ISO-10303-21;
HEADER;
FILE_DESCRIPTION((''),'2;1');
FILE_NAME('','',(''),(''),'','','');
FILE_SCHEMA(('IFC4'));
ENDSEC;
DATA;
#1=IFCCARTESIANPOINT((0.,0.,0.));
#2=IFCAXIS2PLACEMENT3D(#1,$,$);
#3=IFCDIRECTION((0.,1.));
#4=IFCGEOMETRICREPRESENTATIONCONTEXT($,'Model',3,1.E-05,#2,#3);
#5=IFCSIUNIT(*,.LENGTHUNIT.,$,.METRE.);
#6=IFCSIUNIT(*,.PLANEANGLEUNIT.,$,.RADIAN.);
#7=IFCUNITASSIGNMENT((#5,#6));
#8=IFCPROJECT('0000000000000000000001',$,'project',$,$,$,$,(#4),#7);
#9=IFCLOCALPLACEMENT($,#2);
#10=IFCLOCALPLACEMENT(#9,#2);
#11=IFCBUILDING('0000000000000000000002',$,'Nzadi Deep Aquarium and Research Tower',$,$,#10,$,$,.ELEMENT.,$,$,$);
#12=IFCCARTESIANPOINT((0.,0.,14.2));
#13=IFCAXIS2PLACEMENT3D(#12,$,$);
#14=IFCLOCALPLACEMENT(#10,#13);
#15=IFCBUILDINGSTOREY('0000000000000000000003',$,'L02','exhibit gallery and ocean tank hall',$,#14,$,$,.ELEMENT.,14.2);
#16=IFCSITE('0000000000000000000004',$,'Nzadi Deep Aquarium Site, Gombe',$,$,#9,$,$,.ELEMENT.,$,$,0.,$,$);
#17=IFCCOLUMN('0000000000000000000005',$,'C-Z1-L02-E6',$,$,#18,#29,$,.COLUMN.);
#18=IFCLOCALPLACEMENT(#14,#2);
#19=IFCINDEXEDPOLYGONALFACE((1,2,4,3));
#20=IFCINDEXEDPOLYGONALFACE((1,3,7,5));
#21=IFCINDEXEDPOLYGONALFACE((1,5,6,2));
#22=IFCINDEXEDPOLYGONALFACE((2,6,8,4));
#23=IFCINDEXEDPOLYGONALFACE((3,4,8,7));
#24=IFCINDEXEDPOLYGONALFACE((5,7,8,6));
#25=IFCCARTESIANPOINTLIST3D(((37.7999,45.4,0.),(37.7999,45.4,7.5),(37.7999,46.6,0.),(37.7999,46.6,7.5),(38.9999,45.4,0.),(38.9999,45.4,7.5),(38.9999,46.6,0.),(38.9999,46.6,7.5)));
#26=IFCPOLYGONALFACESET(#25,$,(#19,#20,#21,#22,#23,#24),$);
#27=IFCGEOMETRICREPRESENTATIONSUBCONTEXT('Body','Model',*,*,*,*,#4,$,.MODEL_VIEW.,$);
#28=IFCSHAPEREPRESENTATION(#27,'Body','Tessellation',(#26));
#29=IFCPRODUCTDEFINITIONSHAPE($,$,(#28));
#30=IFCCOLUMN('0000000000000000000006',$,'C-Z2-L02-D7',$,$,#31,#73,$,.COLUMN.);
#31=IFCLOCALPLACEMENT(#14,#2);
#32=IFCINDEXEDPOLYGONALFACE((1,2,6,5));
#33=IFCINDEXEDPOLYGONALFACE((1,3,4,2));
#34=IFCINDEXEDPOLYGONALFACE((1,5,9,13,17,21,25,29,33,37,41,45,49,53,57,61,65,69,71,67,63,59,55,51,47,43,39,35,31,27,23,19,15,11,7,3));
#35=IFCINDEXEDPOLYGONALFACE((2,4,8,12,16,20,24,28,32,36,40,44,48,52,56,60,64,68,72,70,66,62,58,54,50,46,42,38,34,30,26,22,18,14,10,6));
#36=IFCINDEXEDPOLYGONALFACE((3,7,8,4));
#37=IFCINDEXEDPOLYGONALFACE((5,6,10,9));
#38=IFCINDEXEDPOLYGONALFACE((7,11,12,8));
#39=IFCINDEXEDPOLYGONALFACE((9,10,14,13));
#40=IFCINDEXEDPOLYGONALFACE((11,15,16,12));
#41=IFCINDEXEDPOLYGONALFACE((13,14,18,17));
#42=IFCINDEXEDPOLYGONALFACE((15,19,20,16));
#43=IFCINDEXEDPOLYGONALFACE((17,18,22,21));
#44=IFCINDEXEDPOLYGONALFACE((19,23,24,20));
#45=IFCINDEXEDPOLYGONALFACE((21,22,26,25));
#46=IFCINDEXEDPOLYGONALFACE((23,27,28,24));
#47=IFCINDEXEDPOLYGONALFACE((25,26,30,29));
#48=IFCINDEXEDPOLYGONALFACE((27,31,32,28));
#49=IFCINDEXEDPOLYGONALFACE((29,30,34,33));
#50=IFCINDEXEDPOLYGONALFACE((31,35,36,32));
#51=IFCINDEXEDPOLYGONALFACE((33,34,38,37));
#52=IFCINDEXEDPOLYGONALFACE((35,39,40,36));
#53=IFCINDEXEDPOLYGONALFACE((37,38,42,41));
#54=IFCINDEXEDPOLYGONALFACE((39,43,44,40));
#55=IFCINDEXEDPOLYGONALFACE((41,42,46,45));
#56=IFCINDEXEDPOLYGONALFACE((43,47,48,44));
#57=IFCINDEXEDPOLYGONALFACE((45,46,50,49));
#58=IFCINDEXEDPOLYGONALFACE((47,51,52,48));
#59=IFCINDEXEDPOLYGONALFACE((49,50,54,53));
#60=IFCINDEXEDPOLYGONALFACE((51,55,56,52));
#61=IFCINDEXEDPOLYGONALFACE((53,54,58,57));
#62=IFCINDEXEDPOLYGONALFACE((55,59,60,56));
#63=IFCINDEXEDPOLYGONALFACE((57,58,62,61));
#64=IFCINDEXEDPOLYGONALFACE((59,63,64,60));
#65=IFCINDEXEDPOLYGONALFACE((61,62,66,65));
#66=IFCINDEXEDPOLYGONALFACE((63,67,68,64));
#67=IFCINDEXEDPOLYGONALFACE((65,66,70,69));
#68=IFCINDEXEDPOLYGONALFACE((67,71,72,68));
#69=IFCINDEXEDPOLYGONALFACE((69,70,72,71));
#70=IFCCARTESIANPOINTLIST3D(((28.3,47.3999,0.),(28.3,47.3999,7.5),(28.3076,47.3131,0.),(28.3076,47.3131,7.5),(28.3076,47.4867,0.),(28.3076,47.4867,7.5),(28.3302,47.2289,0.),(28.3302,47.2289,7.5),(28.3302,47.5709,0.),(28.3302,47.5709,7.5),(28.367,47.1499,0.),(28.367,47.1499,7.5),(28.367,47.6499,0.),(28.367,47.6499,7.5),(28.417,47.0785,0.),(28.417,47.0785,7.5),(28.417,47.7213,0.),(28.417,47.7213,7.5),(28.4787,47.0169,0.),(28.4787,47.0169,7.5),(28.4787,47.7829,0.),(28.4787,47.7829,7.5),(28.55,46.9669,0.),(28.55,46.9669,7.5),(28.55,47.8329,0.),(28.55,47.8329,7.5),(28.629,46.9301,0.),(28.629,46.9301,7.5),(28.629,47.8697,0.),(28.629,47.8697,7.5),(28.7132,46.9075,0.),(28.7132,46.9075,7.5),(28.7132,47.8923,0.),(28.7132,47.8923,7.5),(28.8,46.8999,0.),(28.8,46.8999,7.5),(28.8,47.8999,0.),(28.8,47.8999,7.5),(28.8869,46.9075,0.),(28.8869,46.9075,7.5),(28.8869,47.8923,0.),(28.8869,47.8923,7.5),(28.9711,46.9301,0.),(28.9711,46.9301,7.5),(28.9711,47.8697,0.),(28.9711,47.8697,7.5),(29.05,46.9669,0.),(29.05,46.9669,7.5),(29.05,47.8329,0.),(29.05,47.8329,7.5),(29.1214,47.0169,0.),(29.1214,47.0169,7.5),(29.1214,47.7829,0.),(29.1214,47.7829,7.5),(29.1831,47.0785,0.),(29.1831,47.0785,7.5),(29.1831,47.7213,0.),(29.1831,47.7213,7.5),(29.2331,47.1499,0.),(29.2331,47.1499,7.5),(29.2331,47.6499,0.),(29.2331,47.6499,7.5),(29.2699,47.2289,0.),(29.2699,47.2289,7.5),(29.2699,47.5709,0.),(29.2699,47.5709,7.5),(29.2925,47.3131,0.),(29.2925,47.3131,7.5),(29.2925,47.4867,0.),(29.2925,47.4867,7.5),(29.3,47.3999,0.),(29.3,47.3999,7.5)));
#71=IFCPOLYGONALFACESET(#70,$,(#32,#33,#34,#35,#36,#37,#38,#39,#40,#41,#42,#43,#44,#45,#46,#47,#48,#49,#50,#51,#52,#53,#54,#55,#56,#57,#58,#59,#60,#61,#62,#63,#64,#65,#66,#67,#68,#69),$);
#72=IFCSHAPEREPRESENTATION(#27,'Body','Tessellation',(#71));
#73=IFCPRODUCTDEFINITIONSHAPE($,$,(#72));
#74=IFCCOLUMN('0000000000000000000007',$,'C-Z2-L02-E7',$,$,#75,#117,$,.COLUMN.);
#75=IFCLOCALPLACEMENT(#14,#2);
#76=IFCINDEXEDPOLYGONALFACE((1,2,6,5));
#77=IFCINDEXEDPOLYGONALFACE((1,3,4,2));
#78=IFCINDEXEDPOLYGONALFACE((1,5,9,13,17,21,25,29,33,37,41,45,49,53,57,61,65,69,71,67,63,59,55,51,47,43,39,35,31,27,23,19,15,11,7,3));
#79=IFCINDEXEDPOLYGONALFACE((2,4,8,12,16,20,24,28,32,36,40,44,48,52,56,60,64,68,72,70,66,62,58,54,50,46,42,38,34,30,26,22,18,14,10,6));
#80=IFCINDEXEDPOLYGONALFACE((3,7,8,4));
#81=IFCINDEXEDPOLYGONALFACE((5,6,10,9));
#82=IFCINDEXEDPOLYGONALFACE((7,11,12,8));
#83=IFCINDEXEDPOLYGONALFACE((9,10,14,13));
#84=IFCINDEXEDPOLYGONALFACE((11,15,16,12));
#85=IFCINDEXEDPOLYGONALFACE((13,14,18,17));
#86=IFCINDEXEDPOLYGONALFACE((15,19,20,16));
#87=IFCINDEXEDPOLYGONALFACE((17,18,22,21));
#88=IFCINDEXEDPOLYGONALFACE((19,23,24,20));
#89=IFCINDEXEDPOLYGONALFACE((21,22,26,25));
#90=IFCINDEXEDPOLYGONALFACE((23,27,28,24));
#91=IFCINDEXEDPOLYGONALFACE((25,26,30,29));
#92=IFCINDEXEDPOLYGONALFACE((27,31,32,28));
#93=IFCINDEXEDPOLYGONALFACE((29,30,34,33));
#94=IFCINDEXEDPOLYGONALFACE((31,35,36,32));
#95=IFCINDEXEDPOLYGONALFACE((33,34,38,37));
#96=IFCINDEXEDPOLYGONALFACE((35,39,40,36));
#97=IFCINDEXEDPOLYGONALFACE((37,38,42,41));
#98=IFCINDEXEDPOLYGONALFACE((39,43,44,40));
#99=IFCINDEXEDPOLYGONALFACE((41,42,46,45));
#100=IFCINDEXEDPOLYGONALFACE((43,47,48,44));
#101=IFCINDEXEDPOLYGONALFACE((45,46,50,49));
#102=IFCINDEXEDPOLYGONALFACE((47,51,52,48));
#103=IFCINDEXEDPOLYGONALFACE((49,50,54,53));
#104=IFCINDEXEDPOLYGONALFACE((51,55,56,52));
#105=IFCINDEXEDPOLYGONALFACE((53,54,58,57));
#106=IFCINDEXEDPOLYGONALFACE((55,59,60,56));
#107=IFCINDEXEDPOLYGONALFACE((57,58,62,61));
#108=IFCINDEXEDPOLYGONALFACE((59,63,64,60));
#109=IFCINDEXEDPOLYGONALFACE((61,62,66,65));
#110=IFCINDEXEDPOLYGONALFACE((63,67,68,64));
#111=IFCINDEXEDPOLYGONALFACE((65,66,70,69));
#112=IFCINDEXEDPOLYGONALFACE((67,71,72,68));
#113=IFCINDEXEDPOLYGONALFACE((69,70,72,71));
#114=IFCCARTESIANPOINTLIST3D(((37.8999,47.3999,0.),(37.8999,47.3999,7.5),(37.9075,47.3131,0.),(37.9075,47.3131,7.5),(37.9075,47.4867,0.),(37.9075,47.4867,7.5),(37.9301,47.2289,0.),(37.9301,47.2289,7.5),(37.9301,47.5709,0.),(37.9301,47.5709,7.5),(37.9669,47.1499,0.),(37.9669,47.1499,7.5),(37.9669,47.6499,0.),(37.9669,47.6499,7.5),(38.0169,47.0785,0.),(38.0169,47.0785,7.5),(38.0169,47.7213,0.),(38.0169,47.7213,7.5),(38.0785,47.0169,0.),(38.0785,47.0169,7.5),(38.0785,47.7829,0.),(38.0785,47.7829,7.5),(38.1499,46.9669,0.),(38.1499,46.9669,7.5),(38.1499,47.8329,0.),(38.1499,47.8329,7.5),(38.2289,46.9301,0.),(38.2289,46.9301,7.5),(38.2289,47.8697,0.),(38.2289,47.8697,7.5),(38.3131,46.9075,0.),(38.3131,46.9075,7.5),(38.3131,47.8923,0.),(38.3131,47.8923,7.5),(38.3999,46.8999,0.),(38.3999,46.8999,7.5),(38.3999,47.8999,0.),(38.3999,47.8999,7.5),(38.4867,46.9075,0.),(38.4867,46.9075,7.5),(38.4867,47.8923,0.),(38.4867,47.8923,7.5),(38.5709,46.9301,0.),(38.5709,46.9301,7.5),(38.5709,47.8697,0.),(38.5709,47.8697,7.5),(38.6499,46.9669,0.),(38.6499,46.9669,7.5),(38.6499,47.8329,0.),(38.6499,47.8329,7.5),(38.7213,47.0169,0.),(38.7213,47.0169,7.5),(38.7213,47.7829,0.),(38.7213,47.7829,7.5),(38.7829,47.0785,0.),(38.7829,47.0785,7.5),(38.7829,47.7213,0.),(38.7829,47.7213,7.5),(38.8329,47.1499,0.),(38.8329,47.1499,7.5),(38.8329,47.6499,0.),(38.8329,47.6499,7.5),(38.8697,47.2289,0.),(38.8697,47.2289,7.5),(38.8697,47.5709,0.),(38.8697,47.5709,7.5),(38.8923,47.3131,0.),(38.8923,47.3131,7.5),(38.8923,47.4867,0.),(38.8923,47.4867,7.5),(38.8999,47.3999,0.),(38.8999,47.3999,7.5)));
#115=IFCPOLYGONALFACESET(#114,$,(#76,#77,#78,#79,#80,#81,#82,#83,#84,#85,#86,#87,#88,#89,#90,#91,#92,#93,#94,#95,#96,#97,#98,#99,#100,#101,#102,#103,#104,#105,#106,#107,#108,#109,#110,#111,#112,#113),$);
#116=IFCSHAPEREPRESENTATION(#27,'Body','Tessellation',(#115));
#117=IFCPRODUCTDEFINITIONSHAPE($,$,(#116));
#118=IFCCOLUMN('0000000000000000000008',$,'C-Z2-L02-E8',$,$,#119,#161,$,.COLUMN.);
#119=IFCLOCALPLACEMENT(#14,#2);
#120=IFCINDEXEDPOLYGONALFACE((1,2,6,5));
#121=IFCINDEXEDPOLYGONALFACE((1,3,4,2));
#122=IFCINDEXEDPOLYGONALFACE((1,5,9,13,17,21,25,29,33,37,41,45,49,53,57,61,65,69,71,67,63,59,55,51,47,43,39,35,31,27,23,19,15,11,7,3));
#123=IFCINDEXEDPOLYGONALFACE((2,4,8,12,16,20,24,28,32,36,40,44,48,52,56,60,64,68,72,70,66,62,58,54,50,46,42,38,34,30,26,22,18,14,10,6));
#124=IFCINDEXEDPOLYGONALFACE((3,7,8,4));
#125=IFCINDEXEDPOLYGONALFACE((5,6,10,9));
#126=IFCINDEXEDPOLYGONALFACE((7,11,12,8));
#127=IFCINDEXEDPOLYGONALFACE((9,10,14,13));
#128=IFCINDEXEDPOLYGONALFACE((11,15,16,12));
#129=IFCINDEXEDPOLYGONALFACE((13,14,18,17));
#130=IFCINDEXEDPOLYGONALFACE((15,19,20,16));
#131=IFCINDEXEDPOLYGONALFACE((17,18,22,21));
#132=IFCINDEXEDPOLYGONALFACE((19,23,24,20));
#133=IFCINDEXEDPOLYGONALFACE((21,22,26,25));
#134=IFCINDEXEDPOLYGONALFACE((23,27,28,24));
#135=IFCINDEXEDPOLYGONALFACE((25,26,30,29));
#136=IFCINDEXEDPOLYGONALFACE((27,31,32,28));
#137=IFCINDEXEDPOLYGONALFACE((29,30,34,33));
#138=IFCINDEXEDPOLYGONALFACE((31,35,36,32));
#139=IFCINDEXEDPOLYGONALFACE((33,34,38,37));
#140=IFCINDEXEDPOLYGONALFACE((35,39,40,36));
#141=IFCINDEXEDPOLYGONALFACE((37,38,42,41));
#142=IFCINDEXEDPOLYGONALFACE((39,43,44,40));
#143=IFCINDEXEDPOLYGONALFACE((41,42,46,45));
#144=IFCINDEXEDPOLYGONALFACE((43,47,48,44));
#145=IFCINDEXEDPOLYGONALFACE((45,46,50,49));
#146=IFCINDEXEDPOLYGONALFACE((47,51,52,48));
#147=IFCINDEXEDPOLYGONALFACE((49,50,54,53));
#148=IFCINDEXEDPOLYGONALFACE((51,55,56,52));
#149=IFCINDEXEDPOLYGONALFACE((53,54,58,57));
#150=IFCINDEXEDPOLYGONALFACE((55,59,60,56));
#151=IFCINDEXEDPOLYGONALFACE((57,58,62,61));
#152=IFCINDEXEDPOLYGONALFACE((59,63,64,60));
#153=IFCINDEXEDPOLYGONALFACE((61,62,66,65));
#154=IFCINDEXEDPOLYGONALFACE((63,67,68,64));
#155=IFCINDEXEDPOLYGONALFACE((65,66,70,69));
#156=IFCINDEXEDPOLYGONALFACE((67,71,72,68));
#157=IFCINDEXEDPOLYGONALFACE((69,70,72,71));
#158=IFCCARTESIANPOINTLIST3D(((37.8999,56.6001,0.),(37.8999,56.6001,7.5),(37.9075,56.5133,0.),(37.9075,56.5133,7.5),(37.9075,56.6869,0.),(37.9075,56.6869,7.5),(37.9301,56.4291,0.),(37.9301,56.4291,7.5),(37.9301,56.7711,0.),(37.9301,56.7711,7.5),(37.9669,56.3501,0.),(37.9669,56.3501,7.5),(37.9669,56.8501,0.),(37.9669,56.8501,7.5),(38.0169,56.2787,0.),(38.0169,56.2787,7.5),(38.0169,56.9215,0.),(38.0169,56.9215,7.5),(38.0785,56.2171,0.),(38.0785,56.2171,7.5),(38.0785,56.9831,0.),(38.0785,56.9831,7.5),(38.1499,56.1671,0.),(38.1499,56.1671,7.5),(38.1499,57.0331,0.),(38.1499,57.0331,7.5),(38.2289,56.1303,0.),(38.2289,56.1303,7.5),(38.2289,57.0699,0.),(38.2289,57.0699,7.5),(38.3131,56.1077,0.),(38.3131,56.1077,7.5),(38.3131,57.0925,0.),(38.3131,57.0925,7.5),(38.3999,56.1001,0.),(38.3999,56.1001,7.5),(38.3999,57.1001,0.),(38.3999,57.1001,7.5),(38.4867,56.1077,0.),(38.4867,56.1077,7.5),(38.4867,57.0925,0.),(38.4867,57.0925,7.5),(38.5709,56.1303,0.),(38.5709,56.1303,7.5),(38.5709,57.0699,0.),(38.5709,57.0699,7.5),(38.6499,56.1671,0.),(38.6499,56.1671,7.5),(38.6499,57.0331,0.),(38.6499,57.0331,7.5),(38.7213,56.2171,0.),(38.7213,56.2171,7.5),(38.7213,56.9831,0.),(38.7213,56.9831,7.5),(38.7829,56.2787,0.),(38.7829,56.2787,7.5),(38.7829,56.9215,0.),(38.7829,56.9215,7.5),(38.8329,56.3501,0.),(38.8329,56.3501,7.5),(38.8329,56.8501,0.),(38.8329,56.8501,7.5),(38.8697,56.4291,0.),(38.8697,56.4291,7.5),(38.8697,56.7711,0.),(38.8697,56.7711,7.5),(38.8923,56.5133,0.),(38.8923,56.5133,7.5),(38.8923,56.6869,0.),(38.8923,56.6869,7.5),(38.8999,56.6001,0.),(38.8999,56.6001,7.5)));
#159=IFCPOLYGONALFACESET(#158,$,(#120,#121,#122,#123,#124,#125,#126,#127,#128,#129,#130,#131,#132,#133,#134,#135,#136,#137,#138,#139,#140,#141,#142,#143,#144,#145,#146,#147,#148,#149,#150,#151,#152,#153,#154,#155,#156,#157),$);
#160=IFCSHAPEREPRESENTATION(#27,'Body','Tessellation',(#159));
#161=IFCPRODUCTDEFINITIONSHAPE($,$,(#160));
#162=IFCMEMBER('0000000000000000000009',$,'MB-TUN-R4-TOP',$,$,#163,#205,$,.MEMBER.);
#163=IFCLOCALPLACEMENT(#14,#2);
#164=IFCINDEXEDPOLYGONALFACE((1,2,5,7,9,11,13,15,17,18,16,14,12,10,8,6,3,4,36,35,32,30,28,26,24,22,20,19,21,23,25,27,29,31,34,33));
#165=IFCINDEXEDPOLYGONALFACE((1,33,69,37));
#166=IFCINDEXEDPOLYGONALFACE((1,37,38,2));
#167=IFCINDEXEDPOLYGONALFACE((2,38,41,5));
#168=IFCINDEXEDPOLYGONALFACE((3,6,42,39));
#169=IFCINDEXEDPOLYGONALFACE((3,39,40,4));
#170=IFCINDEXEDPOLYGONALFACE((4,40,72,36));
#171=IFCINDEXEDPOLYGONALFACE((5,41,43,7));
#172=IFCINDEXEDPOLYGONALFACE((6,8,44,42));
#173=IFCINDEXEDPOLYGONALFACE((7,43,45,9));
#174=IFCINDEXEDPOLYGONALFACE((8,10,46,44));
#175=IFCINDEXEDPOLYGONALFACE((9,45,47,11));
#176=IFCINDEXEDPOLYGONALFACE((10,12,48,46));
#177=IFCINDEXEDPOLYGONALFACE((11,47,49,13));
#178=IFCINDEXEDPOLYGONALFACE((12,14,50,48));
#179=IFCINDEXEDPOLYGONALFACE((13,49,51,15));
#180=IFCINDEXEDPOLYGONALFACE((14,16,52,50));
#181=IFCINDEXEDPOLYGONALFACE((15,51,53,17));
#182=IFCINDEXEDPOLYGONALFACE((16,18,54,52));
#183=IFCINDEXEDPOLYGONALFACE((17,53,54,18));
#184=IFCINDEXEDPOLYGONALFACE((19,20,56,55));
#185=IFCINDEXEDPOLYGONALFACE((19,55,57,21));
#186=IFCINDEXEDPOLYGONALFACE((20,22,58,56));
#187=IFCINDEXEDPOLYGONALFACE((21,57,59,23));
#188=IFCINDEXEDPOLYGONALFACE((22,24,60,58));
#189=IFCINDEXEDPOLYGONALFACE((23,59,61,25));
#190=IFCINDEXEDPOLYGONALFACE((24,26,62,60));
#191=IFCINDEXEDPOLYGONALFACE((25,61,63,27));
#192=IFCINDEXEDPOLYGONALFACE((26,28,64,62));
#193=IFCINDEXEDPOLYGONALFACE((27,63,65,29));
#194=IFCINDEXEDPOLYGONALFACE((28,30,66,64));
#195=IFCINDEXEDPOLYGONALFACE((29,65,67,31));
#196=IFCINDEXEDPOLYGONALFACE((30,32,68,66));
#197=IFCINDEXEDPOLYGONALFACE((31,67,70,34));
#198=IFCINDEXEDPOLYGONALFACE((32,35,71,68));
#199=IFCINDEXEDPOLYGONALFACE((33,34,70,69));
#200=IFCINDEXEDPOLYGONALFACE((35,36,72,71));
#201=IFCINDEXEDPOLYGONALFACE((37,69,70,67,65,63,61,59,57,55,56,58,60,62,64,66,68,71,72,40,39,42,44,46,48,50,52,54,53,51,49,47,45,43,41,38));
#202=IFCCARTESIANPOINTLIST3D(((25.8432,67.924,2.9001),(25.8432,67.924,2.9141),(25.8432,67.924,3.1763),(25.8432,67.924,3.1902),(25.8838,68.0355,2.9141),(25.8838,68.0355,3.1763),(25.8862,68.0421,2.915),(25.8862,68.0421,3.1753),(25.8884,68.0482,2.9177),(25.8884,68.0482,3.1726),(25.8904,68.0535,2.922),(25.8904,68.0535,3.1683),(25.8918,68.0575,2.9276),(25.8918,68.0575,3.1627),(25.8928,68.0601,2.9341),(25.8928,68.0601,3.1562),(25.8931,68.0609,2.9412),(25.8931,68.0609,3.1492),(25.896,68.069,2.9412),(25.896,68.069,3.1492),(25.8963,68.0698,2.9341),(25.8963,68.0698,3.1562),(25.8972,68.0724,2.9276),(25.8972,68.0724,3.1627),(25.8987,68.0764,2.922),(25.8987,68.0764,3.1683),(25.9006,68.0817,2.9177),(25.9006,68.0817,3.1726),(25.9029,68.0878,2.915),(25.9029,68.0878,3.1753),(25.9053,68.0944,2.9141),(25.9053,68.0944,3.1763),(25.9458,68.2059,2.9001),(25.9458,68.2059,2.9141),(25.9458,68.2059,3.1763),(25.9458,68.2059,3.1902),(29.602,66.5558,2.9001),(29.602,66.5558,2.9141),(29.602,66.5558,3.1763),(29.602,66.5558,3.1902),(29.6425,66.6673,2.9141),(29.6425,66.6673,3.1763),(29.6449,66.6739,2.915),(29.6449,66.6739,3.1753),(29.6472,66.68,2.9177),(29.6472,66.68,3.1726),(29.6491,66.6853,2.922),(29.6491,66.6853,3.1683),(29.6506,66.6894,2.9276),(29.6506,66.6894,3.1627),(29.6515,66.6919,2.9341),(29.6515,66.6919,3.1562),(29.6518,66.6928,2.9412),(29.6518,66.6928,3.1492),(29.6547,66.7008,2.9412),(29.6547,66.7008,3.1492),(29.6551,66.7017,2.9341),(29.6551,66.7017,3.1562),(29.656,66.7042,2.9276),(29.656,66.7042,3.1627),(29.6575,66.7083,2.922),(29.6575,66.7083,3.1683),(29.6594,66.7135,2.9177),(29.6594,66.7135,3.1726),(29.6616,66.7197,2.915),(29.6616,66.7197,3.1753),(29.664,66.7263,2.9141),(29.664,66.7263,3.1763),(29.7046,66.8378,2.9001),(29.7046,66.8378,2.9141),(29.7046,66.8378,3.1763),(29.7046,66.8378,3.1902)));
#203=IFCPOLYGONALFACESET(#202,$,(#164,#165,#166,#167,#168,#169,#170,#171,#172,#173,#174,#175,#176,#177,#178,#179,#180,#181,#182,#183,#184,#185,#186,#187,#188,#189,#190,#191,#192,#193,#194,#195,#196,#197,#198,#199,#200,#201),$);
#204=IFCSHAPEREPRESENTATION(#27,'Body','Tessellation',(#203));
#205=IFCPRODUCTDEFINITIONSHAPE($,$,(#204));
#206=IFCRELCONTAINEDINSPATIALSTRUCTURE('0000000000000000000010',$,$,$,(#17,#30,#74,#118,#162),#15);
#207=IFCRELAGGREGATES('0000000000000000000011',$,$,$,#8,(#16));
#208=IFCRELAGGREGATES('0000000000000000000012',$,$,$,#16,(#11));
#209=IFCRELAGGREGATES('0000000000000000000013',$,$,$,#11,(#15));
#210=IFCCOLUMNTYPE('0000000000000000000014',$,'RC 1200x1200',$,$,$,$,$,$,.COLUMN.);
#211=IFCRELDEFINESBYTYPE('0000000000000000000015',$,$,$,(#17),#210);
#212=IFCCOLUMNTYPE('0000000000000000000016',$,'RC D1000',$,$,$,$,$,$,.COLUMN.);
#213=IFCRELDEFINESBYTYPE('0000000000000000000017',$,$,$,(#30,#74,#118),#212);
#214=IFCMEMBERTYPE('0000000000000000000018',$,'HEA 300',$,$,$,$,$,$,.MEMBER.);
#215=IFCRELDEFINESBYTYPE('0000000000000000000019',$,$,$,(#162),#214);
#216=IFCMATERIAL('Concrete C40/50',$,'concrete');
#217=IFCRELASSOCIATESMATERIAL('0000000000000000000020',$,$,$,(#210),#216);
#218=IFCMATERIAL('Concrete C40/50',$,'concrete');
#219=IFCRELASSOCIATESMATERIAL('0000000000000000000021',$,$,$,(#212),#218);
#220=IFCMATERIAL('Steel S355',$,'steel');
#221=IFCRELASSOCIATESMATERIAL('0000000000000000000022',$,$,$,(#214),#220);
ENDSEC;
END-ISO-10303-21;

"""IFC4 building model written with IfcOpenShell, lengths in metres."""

from ifc_helpers import new_model, si_unit, direction, frame, origin, origin_2d, place, context, subcontext, project, spatial, rectangle, circle, i_section, extrude, material, material_profile, profile_set, type_object, element, save


model = new_model("IFC4")

# Units and contexts
model_context = context("Model", 3, precision=1e-05, world=origin(), true_north=direction((0.0, 1.0)))
body_context = subcontext(model_context, "Body", "Model", "MODEL_VIEW")
ifc_project = project(units=[si_unit("LENGTHUNIT", "METRE"), si_unit("PLANEANGLEUNIT", "RADIAN")], contexts=[model_context])

# Site, building, storey
site_placement = place(None, origin())
site = spatial("IfcSite", under=ifc_project, at=site_placement, Name="Nzadi Deep Aquarium Site, Gombe", CompositionType="ELEMENT", RefElevation=0.0)
building_placement = place(site_placement, origin())
building = spatial("IfcBuilding", under=site, at=building_placement, Name="Nzadi Deep Aquarium and Research Tower", CompositionType="ELEMENT")
storey_placement = place(building_placement, frame((0.0, 0.0, 14.2)))
storey = spatial("IfcBuildingStorey", under=building, at=storey_placement, Name="L02", Description="exhibit gallery and ocean tank hall", CompositionType="ELEMENT", Elevation=14.2)

# Columns
ifc_material_1 = material(Name="Concrete C40/50", Category="concrete")
ifc_material_profile_1 = material_profile(ifc_material_1, rectangle(XDim=1.2, YDim=1.2, at=origin_2d()))
ifc_profile_set_1 = profile_set([ifc_material_profile_1], Name="Concrete C40/50")
column_type_1 = type_object("IfcColumnType", Name="RC 1200x1200", PredefinedType="COLUMN", material=ifc_profile_set_1)
column_placement = place(storey_placement, frame((38.3999, 46.0, 0.0), z_axis=(0.0, 0.0, 1.0), x_axis=(1.0, 0.0, 0.0)))
element("IfcColumn", 1, at=column_placement, inside=storey, type_object=column_type_1, Name="C-Z1-L02-E6", PredefinedType="COLUMN", context=body_context, shape_type="SweptSolid", body=[
    extrude(rectangle(XDim=1.2, YDim=1.2, at=origin_2d()), origin(), (0.0, 0.0, 1.0), 7.5),
])
ifc_material_2 = material(Name="Concrete C40/50", Category="concrete")
ifc_material_profile_2 = material_profile(ifc_material_2, circle(Radius=0.5, at=origin_2d()))
ifc_profile_set_2 = profile_set([ifc_material_profile_2], Name="Concrete C40/50")
column_type_2 = type_object("IfcColumnType", Name="RC D1000", PredefinedType="COLUMN", material=ifc_profile_set_2)
for number, where, z_axis, x_axis, name in (
    (2, (28.8, 47.3999, 0.0), (0.0, 0.0, 1.0), (1.0, 0.0, 0.0), "C-Z2-L02-D7"),
    (3, (38.3999, 47.3999, 0.0), (0.0, 0.0, 1.0), (1.0, 0.0, 0.0), "C-Z2-L02-E7"),
    (4, (38.3999, 56.6001, 0.0), (0.0, 0.0, 1.0), (1.0, 0.0, 0.0), "C-Z2-L02-E8"),
):
    element("IfcColumn", number, at=place(storey_placement, frame(where, z_axis=z_axis, x_axis=x_axis)), inside=storey, type_object=column_type_2, Name=name, PredefinedType="COLUMN", context=body_context, shape_type="SweptSolid", body=[
        extrude(circle(Radius=0.5, at=origin_2d()), origin(), (0.0, 0.0, 1.0), 7.5),
    ])

# Member
ifc_material_3 = material(Name="Steel S355", Category="steel")
ifc_material_profile_3 = material_profile(ifc_material_3, i_section(OverallWidth=0.3, OverallDepth=0.29, WebThickness=0.0085, FlangeThickness=0.0139, FilletRadius=0.0271, at=origin_2d()))
ifc_profile_set_3 = profile_set([ifc_material_profile_3], Name="Steel S355")
member_type_1 = type_object("IfcMemberType", Name="HEA 300", PredefinedType="MEMBER", material=ifc_profile_set_3)
member_placement = place(storey_placement, frame((25.8945, 68.0649, 3.0452), z_axis=(0.939686, -0.342037, 0.0), x_axis=(0.342037, 0.939686, 0.0)))
element("IfcMember", 5, at=member_placement, inside=storey, type_object=member_type_1, Name="MB-TUN-R4-TOP", PredefinedType="MEMBER", context=body_context, shape_type="SweptSolid", body=[
    extrude(i_section(OverallWidth=0.3, OverallDepth=0.29, WebThickness=0.0085, FlangeThickness=0.0139, FilletRadius=0.0271, at=origin_2d()), origin(), (0.0, 0.0, 1.0), 4.0),
])

save(model, "model.ifc")
